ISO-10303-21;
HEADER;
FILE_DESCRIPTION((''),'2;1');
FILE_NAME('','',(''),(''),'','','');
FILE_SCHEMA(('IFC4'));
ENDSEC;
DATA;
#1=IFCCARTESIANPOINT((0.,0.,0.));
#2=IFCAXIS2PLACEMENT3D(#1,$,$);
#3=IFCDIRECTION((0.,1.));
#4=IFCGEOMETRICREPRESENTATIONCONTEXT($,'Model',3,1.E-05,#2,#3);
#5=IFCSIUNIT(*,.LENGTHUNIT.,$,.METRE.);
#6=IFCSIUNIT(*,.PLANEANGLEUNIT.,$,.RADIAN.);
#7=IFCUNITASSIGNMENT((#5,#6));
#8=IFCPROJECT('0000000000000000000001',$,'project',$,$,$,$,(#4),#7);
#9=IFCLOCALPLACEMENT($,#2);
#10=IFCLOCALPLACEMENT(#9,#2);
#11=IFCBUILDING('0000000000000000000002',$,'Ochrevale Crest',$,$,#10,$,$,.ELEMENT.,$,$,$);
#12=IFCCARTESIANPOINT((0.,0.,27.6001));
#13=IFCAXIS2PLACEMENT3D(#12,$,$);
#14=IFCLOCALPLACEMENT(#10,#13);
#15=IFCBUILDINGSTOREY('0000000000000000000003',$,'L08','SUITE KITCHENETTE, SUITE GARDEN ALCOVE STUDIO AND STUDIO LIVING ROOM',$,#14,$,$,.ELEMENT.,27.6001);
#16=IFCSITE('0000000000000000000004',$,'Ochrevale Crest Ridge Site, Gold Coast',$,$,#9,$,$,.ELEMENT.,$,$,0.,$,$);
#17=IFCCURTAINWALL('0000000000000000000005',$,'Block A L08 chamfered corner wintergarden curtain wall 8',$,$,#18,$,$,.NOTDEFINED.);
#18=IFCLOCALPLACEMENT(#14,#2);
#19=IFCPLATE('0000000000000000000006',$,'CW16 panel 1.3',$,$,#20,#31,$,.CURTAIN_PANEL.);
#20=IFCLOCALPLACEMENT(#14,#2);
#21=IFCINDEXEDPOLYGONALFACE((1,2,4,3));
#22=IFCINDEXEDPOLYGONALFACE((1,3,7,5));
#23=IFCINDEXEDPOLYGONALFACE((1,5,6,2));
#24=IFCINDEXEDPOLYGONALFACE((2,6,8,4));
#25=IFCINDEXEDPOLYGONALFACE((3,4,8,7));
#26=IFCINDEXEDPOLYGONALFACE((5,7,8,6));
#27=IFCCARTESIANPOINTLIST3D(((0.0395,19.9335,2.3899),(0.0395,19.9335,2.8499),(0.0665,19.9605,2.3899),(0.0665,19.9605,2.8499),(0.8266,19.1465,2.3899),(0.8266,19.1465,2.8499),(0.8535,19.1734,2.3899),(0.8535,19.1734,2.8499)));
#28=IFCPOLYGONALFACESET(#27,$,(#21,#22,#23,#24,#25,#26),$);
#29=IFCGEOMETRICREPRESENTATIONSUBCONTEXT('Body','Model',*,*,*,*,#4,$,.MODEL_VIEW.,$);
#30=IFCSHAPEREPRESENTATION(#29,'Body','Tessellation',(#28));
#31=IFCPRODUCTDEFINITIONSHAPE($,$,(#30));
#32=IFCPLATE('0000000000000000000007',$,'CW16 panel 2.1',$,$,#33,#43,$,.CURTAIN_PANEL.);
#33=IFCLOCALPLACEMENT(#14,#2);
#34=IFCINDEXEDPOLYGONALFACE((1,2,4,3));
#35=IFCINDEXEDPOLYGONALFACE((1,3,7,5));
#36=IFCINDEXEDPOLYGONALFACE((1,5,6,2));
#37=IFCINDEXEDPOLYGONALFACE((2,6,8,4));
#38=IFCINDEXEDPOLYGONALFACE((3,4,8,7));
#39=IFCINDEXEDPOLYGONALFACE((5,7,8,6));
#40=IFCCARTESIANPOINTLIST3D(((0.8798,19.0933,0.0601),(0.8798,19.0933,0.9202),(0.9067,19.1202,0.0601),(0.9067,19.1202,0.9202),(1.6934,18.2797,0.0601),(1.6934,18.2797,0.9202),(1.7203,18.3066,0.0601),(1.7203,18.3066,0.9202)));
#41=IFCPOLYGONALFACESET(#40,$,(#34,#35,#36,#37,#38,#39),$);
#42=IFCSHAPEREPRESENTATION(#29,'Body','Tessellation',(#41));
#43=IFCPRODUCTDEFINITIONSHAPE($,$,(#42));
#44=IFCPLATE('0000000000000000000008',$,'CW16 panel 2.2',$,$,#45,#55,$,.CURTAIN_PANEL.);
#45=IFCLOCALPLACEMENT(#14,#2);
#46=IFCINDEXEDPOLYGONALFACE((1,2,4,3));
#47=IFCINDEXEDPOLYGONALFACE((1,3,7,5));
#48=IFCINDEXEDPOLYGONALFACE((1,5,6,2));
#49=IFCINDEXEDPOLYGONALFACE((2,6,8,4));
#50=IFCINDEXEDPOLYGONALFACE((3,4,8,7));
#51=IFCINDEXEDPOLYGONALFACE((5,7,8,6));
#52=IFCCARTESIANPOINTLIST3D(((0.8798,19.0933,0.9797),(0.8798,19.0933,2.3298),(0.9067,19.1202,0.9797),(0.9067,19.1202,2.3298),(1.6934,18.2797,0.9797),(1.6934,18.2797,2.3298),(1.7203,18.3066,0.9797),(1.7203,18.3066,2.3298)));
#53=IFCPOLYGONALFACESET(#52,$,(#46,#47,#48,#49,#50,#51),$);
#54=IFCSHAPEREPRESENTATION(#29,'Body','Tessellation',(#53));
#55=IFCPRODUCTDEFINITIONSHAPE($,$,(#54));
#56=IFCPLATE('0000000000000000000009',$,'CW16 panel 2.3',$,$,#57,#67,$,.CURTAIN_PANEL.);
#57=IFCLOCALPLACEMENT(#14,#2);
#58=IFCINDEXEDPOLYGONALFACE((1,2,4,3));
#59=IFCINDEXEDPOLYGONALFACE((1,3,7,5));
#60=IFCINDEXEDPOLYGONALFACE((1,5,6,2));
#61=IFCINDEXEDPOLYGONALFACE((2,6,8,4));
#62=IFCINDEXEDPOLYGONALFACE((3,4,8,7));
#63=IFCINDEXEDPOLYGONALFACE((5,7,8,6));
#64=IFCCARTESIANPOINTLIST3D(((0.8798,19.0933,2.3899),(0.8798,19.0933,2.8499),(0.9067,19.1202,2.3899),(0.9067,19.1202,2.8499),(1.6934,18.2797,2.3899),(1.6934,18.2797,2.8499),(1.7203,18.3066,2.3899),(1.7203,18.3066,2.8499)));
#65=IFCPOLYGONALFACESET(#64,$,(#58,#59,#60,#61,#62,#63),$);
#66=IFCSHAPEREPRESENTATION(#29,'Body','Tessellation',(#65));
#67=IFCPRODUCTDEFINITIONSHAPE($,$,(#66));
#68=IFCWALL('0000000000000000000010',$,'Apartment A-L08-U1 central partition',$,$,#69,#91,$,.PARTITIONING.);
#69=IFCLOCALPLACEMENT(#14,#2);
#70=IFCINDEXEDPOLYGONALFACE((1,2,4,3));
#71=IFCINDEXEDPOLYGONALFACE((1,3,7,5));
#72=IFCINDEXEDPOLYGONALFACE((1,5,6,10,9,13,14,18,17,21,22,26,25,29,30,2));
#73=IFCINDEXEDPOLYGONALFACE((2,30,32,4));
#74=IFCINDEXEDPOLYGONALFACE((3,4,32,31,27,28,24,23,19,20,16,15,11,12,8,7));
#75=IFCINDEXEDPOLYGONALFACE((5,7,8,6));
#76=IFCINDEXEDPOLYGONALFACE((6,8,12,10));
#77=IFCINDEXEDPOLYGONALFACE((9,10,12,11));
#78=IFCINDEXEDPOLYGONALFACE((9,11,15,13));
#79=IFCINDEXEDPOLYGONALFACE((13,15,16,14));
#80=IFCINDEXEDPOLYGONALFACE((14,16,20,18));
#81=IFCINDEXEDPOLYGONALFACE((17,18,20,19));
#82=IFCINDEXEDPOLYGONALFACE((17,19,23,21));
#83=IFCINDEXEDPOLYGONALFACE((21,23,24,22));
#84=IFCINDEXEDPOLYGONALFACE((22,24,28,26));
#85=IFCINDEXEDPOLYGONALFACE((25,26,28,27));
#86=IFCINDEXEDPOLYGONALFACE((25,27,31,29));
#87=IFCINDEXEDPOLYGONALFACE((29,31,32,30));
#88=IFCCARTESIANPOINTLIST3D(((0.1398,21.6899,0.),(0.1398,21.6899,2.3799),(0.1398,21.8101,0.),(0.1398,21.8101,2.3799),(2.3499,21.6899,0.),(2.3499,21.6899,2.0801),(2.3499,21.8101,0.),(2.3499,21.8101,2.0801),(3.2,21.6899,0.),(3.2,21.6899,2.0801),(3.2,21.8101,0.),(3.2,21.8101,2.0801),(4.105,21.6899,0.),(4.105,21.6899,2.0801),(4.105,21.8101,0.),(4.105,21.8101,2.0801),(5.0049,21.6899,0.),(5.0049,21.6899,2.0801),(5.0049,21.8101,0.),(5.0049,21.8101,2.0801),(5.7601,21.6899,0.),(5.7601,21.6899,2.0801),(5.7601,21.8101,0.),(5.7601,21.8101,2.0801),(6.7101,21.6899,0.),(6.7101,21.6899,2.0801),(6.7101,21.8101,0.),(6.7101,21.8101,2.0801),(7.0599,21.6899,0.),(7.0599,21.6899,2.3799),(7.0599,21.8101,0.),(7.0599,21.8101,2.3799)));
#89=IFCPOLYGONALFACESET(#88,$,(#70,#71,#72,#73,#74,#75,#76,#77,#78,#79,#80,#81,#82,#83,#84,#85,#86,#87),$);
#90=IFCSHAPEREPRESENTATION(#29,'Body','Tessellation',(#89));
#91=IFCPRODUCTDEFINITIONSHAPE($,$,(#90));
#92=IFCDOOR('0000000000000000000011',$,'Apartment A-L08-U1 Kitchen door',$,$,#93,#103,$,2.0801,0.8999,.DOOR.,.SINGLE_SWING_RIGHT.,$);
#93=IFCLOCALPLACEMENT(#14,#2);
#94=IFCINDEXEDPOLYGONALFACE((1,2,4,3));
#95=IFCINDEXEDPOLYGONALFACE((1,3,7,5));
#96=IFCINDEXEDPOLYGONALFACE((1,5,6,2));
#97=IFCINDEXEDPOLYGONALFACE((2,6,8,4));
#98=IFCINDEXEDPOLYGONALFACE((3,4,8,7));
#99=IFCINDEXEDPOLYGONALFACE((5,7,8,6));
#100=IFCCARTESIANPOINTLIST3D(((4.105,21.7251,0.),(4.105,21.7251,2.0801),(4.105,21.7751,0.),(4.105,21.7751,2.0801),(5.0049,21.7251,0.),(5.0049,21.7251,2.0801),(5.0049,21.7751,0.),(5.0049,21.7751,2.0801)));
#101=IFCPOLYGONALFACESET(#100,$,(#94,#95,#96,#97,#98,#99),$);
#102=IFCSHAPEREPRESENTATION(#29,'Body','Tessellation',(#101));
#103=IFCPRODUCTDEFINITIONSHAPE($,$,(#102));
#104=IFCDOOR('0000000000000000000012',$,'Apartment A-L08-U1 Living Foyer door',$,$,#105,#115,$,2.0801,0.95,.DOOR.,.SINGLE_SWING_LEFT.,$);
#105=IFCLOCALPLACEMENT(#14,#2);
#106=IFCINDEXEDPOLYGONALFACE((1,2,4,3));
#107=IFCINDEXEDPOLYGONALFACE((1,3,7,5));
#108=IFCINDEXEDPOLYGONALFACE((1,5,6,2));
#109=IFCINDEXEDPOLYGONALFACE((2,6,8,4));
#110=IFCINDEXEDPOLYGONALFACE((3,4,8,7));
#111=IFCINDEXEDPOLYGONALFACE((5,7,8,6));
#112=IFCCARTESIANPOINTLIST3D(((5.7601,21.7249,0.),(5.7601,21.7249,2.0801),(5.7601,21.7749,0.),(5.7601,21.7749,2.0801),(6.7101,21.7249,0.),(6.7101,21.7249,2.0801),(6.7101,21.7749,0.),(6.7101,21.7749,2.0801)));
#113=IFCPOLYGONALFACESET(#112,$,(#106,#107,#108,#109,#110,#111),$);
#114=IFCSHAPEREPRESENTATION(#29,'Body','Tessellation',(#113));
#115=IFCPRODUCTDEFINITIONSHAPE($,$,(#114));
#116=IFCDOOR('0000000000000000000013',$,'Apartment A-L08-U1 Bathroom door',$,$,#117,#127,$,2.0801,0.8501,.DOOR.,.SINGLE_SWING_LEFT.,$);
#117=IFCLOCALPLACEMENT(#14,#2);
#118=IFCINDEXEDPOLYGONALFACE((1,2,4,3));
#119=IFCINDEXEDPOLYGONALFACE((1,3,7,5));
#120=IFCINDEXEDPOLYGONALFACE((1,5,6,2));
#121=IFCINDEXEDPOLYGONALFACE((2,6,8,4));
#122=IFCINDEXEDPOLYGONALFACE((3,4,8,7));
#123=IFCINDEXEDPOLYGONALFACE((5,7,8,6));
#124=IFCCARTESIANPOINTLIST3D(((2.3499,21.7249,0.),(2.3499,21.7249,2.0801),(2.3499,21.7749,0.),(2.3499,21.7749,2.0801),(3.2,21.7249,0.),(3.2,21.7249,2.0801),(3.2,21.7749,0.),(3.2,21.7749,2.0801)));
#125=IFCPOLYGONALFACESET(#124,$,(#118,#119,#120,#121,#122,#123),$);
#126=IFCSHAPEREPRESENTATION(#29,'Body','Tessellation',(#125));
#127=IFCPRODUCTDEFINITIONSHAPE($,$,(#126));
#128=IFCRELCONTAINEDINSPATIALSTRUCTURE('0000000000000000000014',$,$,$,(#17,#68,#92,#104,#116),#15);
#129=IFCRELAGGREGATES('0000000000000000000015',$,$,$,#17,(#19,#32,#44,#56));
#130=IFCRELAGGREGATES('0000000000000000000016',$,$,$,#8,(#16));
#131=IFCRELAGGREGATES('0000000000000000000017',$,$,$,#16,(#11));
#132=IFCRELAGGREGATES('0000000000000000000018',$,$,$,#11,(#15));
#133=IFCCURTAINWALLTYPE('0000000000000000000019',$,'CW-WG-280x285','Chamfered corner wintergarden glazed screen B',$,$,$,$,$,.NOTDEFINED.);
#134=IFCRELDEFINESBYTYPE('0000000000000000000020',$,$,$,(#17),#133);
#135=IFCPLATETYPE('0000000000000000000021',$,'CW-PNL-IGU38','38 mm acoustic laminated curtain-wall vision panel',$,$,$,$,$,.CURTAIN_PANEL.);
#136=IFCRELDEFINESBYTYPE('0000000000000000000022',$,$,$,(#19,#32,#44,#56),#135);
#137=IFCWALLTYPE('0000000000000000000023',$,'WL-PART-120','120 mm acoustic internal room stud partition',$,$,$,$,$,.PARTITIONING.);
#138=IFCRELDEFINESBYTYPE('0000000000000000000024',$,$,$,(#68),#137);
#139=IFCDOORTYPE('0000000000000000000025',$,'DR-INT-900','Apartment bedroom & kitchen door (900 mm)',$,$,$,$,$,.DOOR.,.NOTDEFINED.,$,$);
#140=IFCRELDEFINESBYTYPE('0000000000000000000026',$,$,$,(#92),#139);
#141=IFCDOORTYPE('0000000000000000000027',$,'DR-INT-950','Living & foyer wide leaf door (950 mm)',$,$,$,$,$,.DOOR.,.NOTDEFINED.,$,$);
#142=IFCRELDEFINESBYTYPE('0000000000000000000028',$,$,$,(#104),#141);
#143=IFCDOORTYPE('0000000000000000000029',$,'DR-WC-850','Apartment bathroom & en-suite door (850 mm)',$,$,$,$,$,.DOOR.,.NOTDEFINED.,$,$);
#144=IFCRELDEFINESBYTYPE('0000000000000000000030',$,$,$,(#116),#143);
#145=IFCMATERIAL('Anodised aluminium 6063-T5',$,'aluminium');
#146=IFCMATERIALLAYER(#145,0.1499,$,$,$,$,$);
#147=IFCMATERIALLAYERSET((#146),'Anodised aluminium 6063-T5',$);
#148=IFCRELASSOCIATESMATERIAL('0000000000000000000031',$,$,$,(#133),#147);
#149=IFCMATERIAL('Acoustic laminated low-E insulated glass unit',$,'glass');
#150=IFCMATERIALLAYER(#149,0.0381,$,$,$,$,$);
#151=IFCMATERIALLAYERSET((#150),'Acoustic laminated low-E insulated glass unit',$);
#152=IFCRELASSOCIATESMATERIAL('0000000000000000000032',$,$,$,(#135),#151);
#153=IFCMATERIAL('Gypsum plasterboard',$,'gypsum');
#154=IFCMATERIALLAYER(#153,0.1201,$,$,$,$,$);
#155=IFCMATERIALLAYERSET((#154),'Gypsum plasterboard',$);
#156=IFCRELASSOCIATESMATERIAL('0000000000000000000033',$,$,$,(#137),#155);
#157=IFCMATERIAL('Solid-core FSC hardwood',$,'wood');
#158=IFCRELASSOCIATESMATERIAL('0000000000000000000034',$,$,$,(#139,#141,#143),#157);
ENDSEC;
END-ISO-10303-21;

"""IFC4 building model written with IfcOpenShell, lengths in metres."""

from ifc_helpers import new_model, si_unit, direction, frame, frame_2d, origin, origin_2d, place, context, subcontext, project, spatial, rectangle, extrude, material, layer, layer_set, type_object, element, fill, aggregate, save


model = new_model("IFC4")

# Units and contexts
model_context = context("Model", 3, precision=1e-05, world=origin(), true_north=direction((0.0, 1.0)))
body_context = subcontext(model_context, "Body", "Model", "MODEL_VIEW")
ifc_project = project(units=[si_unit("LENGTHUNIT", "METRE"), si_unit("PLANEANGLEUNIT", "RADIAN")], contexts=[model_context])

# Site, building, storey
site_placement = place(None, origin())
site = spatial("IfcSite", under=ifc_project, at=site_placement, Name="Ochrevale Crest Ridge Site, Gold Coast", CompositionType="ELEMENT", RefElevation=0.0)
building_placement = place(site_placement, origin())
building = spatial("IfcBuilding", under=site, at=building_placement, Name="Ochrevale Crest", CompositionType="ELEMENT")
storey_placement = place(building_placement, frame((0.0, 0.0, 27.6001)))
storey = spatial("IfcBuildingStorey", under=building, at=storey_placement, Name="L08", Description="SUITE KITCHENETTE, SUITE GARDEN ALCOVE STUDIO AND STUDIO LIVING ROOM", CompositionType="ELEMENT", Elevation=27.6001)

# Curtain wall, plates
ifc_material_1 = material(Name="Anodised aluminium 6063-T5", Category="aluminium")
ifc_layer_1 = layer(ifc_material_1, 0.1499)
ifc_layer_set_1 = layer_set([ifc_layer_1], Name="Anodised aluminium 6063-T5")
curtain_wall_type = type_object("IfcCurtainWallType", Name="CW-WG-280x285", Description="Chamfered corner wintergarden glazed screen B", PredefinedType="NOTDEFINED", material=ifc_layer_set_1)
curtain_wall_placement = place(storey_placement, origin())
curtain_wall = element("IfcCurtainWall", 1, at=curtain_wall_placement, inside=storey, type_object=curtain_wall_type, Name="Block A L08 chamfered corner wintergarden curtain wall 8", PredefinedType="NOTDEFINED")
ifc_material_2 = material(Name="Acoustic laminated low-E insulated glass unit", Category="glass")
ifc_layer_2 = layer(ifc_material_2, 0.0381)
ifc_layer_set_2 = layer_set([ifc_layer_2], Name="Acoustic laminated low-E insulated glass unit")
plate_type = type_object("IfcPlateType", Name="CW-PNL-IGU38", Description="38 mm acoustic laminated curtain-wall vision panel", PredefinedType="CURTAIN_PANEL", material=ifc_layer_set_2)
plate_1_placement = place(storey_placement, frame((0.4465, 19.5535, 2.3899), z_axis=(0.0, 0.0, 1.0), x_axis=(0.707107, -0.707107, 0.0)))
plate_1 = element("IfcPlate", 2, at=plate_1_placement, type_object=plate_type, Name="CW16 panel 1.3", PredefinedType="CURTAIN_PANEL", context=body_context, shape_type="SweptSolid", body=[
    extrude(rectangle(XDim=1.113, YDim=0.0381, at=origin_2d()), origin(), (0.0, 0.0, 1.0), 0.46),
])
plate_2_placement = place(storey_placement, frame((1.3, 18.7, 0.0601), z_axis=(0.0, 0.0, 1.0), x_axis=(0.707107, -0.707107, 0.0)))
plate_2 = element("IfcPlate", 3, at=plate_2_placement, type_object=plate_type, Name="CW16 panel 2.1", PredefinedType="CURTAIN_PANEL", context=body_context, shape_type="SweptSolid", body=[
    extrude(rectangle(XDim=1.1506, YDim=0.0381, at=origin_2d()), origin(), (0.0, 0.0, 1.0), 0.8601),
])
plate_3_placement = place(storey_placement, frame((1.3, 18.7, 0.9797), z_axis=(0.0, 0.0, 1.0), x_axis=(0.707107, -0.707107, 0.0)))
plate_3 = element("IfcPlate", 4, at=plate_3_placement, type_object=plate_type, Name="CW16 panel 2.2", PredefinedType="CURTAIN_PANEL", context=body_context, shape_type="SweptSolid", body=[
    extrude(rectangle(XDim=1.1506, YDim=0.0381, at=origin_2d()), origin(), (0.0, 0.0, 1.0), 1.3501),
])
plate_4_placement = place(storey_placement, frame((1.3, 18.7, 2.3899), z_axis=(0.0, 0.0, 1.0), x_axis=(0.707107, -0.707107, 0.0)))
plate_4 = element("IfcPlate", 5, at=plate_4_placement, type_object=plate_type, Name="CW16 panel 2.3", PredefinedType="CURTAIN_PANEL", context=body_context, shape_type="SweptSolid", body=[
    extrude(rectangle(XDim=1.1506, YDim=0.0381, at=origin_2d()), origin(), (0.0, 0.0, 1.0), 0.46),
])
aggregate(curtain_wall, [plate_1, plate_2, plate_3, plate_4])

# Wall, openings, doors
ifc_material_3 = material(Name="Gypsum plasterboard", Category="gypsum")
ifc_layer_3 = layer(ifc_material_3, 0.1201)
ifc_layer_set_3 = layer_set([ifc_layer_3], Name="Gypsum plasterboard")
wall_type = type_object("IfcWallType", Name="WL-PART-120", Description="120 mm acoustic internal room stud partition", PredefinedType="PARTITIONING", material=ifc_layer_set_3)
wall_placement = place(storey_placement, frame((0.1399, 21.75, 0.0), z_axis=(0.0, 0.0, 1.0), x_axis=(1.0, 0.0, 0.0)))
wall = element("IfcWall", 6, at=wall_placement, inside=storey, type_object=wall_type, Name="Apartment A-L08-U1 central partition", PredefinedType="PARTITIONING", context=body_context, shape_type="SweptSolid", body=[
    extrude(rectangle(XDim=6.9202, YDim=0.1201, at=frame_2d((3.46, 0.0))), origin(), (0.0, 0.0, 1.0), 2.3799),
])
opening_1_placement = place(wall_placement, frame((2.21, 0.0, 0.0)))
opening_1 = element("IfcOpeningElement", 7, at=opening_1_placement, cuts=wall, PredefinedType="OPENING", context=body_context, shape_type="SweptSolid", body=[
    extrude(rectangle(XDim=0.8501, YDim=2.0801, at=frame_2d((0.425, 1.04))), frame((0.0, 0.0701, 0.0), z_axis=(0.0, -1.0, 0.0), x_axis=(1.0, 0.0, 0.0)), (0.0, 0.0, 1.0), 0.1401),
])
opening_2_placement = place(wall_placement, frame((4.865, 0.0, 0.0), z_axis=(0.0, 0.0, 1.0), x_axis=(-1.0, 0.0, 0.0)))
opening_2 = element("IfcOpeningElement", 8, at=opening_2_placement, cuts=wall, PredefinedType="OPENING", context=body_context, shape_type="SweptSolid", body=[
    extrude(rectangle(XDim=0.8999, YDim=2.0801, at=frame_2d((0.45, 1.04))), frame((0.0, 0.0701, 0.0), z_axis=(0.0, -1.0, 0.0), x_axis=(1.0, 0.0, 0.0)), (0.0, 0.0, 1.0), 0.1401),
])
opening_3_placement = place(wall_placement, frame((5.6201, 0.0, 0.0)))
opening_3 = element("IfcOpeningElement", 9, at=opening_3_placement, cuts=wall, PredefinedType="OPENING", context=body_context, shape_type="SweptSolid", body=[
    extrude(rectangle(XDim=0.95, YDim=2.0801, at=frame_2d((0.4751, 1.04))), frame((0.0, 0.0701, 0.0), z_axis=(0.0, -1.0, 0.0), x_axis=(1.0, 0.0, 0.0)), (0.0, 0.0, 1.0), 0.1401),
])
ifc_material_4 = material(Name="Solid-core FSC hardwood", Category="wood")
door_type_1 = type_object("IfcDoorType", Name="DR-INT-900", Description="Apartment bedroom & kitchen door (900 mm)", OperationType="NOTDEFINED", PredefinedType="DOOR", material=ifc_material_4)
door_1_placement = place(opening_2_placement, origin())
door_1 = element("IfcDoor", 10, at=door_1_placement, inside=storey, type_object=door_type_1, Name="Apartment A-L08-U1 Kitchen door", OperationType="SINGLE_SWING_RIGHT", OverallHeight=2.0801, OverallWidth=0.8999, PredefinedType="DOOR", context=body_context, shape_type="SweptSolid", body=[
    extrude(rectangle(XDim=0.8999, YDim=2.0801, at=frame_2d((0.45, 1.04))), frame((0.0, 0.0249, 0.0), z_axis=(0.0, -1.0, 0.0), x_axis=(1.0, 0.0, 0.0)), (0.0, 0.0, 1.0), 0.05),
])
fill(opening_2, door_1)
door_type_2 = type_object("IfcDoorType", Name="DR-INT-950", Description="Living & foyer wide leaf door (950 mm)", OperationType="NOTDEFINED", PredefinedType="DOOR", material=ifc_material_4)
door_2_placement = place(opening_3_placement, origin())
door_2 = element("IfcDoor", 11, at=door_2_placement, inside=storey, type_object=door_type_2, Name="Apartment A-L08-U1 Living Foyer door", OperationType="SINGLE_SWING_LEFT", OverallHeight=2.0801, OverallWidth=0.95, PredefinedType="DOOR", context=body_context, shape_type="SweptSolid", body=[
    extrude(rectangle(XDim=0.95, YDim=2.0801, at=frame_2d((0.4751, 1.04))), frame((0.0, 0.0249, 0.0), z_axis=(0.0, -1.0, 0.0), x_axis=(1.0, 0.0, 0.0)), (0.0, 0.0, 1.0), 0.05),
])
fill(opening_3, door_2)
door_type_3 = type_object("IfcDoorType", Name="DR-WC-850", Description="Apartment bathroom & en-suite door (850 mm)", OperationType="NOTDEFINED", PredefinedType="DOOR", material=ifc_material_4)
door_3_placement = place(opening_1_placement, origin())
door_3 = element("IfcDoor", 12, at=door_3_placement, inside=storey, type_object=door_type_3, Name="Apartment A-L08-U1 Bathroom door", OperationType="SINGLE_SWING_LEFT", OverallHeight=2.0801, OverallWidth=0.8501, PredefinedType="DOOR", context=body_context, shape_type="SweptSolid", body=[
    extrude(rectangle(XDim=0.8501, YDim=2.0801, at=frame_2d((0.425, 1.04))), frame((0.0, 0.0249, 0.0), z_axis=(0.0, -1.0, 0.0), x_axis=(1.0, 0.0, 0.0)), (0.0, 0.0, 1.0), 0.05),
])
fill(opening_1, door_3)

save(model, "model.ifc")
